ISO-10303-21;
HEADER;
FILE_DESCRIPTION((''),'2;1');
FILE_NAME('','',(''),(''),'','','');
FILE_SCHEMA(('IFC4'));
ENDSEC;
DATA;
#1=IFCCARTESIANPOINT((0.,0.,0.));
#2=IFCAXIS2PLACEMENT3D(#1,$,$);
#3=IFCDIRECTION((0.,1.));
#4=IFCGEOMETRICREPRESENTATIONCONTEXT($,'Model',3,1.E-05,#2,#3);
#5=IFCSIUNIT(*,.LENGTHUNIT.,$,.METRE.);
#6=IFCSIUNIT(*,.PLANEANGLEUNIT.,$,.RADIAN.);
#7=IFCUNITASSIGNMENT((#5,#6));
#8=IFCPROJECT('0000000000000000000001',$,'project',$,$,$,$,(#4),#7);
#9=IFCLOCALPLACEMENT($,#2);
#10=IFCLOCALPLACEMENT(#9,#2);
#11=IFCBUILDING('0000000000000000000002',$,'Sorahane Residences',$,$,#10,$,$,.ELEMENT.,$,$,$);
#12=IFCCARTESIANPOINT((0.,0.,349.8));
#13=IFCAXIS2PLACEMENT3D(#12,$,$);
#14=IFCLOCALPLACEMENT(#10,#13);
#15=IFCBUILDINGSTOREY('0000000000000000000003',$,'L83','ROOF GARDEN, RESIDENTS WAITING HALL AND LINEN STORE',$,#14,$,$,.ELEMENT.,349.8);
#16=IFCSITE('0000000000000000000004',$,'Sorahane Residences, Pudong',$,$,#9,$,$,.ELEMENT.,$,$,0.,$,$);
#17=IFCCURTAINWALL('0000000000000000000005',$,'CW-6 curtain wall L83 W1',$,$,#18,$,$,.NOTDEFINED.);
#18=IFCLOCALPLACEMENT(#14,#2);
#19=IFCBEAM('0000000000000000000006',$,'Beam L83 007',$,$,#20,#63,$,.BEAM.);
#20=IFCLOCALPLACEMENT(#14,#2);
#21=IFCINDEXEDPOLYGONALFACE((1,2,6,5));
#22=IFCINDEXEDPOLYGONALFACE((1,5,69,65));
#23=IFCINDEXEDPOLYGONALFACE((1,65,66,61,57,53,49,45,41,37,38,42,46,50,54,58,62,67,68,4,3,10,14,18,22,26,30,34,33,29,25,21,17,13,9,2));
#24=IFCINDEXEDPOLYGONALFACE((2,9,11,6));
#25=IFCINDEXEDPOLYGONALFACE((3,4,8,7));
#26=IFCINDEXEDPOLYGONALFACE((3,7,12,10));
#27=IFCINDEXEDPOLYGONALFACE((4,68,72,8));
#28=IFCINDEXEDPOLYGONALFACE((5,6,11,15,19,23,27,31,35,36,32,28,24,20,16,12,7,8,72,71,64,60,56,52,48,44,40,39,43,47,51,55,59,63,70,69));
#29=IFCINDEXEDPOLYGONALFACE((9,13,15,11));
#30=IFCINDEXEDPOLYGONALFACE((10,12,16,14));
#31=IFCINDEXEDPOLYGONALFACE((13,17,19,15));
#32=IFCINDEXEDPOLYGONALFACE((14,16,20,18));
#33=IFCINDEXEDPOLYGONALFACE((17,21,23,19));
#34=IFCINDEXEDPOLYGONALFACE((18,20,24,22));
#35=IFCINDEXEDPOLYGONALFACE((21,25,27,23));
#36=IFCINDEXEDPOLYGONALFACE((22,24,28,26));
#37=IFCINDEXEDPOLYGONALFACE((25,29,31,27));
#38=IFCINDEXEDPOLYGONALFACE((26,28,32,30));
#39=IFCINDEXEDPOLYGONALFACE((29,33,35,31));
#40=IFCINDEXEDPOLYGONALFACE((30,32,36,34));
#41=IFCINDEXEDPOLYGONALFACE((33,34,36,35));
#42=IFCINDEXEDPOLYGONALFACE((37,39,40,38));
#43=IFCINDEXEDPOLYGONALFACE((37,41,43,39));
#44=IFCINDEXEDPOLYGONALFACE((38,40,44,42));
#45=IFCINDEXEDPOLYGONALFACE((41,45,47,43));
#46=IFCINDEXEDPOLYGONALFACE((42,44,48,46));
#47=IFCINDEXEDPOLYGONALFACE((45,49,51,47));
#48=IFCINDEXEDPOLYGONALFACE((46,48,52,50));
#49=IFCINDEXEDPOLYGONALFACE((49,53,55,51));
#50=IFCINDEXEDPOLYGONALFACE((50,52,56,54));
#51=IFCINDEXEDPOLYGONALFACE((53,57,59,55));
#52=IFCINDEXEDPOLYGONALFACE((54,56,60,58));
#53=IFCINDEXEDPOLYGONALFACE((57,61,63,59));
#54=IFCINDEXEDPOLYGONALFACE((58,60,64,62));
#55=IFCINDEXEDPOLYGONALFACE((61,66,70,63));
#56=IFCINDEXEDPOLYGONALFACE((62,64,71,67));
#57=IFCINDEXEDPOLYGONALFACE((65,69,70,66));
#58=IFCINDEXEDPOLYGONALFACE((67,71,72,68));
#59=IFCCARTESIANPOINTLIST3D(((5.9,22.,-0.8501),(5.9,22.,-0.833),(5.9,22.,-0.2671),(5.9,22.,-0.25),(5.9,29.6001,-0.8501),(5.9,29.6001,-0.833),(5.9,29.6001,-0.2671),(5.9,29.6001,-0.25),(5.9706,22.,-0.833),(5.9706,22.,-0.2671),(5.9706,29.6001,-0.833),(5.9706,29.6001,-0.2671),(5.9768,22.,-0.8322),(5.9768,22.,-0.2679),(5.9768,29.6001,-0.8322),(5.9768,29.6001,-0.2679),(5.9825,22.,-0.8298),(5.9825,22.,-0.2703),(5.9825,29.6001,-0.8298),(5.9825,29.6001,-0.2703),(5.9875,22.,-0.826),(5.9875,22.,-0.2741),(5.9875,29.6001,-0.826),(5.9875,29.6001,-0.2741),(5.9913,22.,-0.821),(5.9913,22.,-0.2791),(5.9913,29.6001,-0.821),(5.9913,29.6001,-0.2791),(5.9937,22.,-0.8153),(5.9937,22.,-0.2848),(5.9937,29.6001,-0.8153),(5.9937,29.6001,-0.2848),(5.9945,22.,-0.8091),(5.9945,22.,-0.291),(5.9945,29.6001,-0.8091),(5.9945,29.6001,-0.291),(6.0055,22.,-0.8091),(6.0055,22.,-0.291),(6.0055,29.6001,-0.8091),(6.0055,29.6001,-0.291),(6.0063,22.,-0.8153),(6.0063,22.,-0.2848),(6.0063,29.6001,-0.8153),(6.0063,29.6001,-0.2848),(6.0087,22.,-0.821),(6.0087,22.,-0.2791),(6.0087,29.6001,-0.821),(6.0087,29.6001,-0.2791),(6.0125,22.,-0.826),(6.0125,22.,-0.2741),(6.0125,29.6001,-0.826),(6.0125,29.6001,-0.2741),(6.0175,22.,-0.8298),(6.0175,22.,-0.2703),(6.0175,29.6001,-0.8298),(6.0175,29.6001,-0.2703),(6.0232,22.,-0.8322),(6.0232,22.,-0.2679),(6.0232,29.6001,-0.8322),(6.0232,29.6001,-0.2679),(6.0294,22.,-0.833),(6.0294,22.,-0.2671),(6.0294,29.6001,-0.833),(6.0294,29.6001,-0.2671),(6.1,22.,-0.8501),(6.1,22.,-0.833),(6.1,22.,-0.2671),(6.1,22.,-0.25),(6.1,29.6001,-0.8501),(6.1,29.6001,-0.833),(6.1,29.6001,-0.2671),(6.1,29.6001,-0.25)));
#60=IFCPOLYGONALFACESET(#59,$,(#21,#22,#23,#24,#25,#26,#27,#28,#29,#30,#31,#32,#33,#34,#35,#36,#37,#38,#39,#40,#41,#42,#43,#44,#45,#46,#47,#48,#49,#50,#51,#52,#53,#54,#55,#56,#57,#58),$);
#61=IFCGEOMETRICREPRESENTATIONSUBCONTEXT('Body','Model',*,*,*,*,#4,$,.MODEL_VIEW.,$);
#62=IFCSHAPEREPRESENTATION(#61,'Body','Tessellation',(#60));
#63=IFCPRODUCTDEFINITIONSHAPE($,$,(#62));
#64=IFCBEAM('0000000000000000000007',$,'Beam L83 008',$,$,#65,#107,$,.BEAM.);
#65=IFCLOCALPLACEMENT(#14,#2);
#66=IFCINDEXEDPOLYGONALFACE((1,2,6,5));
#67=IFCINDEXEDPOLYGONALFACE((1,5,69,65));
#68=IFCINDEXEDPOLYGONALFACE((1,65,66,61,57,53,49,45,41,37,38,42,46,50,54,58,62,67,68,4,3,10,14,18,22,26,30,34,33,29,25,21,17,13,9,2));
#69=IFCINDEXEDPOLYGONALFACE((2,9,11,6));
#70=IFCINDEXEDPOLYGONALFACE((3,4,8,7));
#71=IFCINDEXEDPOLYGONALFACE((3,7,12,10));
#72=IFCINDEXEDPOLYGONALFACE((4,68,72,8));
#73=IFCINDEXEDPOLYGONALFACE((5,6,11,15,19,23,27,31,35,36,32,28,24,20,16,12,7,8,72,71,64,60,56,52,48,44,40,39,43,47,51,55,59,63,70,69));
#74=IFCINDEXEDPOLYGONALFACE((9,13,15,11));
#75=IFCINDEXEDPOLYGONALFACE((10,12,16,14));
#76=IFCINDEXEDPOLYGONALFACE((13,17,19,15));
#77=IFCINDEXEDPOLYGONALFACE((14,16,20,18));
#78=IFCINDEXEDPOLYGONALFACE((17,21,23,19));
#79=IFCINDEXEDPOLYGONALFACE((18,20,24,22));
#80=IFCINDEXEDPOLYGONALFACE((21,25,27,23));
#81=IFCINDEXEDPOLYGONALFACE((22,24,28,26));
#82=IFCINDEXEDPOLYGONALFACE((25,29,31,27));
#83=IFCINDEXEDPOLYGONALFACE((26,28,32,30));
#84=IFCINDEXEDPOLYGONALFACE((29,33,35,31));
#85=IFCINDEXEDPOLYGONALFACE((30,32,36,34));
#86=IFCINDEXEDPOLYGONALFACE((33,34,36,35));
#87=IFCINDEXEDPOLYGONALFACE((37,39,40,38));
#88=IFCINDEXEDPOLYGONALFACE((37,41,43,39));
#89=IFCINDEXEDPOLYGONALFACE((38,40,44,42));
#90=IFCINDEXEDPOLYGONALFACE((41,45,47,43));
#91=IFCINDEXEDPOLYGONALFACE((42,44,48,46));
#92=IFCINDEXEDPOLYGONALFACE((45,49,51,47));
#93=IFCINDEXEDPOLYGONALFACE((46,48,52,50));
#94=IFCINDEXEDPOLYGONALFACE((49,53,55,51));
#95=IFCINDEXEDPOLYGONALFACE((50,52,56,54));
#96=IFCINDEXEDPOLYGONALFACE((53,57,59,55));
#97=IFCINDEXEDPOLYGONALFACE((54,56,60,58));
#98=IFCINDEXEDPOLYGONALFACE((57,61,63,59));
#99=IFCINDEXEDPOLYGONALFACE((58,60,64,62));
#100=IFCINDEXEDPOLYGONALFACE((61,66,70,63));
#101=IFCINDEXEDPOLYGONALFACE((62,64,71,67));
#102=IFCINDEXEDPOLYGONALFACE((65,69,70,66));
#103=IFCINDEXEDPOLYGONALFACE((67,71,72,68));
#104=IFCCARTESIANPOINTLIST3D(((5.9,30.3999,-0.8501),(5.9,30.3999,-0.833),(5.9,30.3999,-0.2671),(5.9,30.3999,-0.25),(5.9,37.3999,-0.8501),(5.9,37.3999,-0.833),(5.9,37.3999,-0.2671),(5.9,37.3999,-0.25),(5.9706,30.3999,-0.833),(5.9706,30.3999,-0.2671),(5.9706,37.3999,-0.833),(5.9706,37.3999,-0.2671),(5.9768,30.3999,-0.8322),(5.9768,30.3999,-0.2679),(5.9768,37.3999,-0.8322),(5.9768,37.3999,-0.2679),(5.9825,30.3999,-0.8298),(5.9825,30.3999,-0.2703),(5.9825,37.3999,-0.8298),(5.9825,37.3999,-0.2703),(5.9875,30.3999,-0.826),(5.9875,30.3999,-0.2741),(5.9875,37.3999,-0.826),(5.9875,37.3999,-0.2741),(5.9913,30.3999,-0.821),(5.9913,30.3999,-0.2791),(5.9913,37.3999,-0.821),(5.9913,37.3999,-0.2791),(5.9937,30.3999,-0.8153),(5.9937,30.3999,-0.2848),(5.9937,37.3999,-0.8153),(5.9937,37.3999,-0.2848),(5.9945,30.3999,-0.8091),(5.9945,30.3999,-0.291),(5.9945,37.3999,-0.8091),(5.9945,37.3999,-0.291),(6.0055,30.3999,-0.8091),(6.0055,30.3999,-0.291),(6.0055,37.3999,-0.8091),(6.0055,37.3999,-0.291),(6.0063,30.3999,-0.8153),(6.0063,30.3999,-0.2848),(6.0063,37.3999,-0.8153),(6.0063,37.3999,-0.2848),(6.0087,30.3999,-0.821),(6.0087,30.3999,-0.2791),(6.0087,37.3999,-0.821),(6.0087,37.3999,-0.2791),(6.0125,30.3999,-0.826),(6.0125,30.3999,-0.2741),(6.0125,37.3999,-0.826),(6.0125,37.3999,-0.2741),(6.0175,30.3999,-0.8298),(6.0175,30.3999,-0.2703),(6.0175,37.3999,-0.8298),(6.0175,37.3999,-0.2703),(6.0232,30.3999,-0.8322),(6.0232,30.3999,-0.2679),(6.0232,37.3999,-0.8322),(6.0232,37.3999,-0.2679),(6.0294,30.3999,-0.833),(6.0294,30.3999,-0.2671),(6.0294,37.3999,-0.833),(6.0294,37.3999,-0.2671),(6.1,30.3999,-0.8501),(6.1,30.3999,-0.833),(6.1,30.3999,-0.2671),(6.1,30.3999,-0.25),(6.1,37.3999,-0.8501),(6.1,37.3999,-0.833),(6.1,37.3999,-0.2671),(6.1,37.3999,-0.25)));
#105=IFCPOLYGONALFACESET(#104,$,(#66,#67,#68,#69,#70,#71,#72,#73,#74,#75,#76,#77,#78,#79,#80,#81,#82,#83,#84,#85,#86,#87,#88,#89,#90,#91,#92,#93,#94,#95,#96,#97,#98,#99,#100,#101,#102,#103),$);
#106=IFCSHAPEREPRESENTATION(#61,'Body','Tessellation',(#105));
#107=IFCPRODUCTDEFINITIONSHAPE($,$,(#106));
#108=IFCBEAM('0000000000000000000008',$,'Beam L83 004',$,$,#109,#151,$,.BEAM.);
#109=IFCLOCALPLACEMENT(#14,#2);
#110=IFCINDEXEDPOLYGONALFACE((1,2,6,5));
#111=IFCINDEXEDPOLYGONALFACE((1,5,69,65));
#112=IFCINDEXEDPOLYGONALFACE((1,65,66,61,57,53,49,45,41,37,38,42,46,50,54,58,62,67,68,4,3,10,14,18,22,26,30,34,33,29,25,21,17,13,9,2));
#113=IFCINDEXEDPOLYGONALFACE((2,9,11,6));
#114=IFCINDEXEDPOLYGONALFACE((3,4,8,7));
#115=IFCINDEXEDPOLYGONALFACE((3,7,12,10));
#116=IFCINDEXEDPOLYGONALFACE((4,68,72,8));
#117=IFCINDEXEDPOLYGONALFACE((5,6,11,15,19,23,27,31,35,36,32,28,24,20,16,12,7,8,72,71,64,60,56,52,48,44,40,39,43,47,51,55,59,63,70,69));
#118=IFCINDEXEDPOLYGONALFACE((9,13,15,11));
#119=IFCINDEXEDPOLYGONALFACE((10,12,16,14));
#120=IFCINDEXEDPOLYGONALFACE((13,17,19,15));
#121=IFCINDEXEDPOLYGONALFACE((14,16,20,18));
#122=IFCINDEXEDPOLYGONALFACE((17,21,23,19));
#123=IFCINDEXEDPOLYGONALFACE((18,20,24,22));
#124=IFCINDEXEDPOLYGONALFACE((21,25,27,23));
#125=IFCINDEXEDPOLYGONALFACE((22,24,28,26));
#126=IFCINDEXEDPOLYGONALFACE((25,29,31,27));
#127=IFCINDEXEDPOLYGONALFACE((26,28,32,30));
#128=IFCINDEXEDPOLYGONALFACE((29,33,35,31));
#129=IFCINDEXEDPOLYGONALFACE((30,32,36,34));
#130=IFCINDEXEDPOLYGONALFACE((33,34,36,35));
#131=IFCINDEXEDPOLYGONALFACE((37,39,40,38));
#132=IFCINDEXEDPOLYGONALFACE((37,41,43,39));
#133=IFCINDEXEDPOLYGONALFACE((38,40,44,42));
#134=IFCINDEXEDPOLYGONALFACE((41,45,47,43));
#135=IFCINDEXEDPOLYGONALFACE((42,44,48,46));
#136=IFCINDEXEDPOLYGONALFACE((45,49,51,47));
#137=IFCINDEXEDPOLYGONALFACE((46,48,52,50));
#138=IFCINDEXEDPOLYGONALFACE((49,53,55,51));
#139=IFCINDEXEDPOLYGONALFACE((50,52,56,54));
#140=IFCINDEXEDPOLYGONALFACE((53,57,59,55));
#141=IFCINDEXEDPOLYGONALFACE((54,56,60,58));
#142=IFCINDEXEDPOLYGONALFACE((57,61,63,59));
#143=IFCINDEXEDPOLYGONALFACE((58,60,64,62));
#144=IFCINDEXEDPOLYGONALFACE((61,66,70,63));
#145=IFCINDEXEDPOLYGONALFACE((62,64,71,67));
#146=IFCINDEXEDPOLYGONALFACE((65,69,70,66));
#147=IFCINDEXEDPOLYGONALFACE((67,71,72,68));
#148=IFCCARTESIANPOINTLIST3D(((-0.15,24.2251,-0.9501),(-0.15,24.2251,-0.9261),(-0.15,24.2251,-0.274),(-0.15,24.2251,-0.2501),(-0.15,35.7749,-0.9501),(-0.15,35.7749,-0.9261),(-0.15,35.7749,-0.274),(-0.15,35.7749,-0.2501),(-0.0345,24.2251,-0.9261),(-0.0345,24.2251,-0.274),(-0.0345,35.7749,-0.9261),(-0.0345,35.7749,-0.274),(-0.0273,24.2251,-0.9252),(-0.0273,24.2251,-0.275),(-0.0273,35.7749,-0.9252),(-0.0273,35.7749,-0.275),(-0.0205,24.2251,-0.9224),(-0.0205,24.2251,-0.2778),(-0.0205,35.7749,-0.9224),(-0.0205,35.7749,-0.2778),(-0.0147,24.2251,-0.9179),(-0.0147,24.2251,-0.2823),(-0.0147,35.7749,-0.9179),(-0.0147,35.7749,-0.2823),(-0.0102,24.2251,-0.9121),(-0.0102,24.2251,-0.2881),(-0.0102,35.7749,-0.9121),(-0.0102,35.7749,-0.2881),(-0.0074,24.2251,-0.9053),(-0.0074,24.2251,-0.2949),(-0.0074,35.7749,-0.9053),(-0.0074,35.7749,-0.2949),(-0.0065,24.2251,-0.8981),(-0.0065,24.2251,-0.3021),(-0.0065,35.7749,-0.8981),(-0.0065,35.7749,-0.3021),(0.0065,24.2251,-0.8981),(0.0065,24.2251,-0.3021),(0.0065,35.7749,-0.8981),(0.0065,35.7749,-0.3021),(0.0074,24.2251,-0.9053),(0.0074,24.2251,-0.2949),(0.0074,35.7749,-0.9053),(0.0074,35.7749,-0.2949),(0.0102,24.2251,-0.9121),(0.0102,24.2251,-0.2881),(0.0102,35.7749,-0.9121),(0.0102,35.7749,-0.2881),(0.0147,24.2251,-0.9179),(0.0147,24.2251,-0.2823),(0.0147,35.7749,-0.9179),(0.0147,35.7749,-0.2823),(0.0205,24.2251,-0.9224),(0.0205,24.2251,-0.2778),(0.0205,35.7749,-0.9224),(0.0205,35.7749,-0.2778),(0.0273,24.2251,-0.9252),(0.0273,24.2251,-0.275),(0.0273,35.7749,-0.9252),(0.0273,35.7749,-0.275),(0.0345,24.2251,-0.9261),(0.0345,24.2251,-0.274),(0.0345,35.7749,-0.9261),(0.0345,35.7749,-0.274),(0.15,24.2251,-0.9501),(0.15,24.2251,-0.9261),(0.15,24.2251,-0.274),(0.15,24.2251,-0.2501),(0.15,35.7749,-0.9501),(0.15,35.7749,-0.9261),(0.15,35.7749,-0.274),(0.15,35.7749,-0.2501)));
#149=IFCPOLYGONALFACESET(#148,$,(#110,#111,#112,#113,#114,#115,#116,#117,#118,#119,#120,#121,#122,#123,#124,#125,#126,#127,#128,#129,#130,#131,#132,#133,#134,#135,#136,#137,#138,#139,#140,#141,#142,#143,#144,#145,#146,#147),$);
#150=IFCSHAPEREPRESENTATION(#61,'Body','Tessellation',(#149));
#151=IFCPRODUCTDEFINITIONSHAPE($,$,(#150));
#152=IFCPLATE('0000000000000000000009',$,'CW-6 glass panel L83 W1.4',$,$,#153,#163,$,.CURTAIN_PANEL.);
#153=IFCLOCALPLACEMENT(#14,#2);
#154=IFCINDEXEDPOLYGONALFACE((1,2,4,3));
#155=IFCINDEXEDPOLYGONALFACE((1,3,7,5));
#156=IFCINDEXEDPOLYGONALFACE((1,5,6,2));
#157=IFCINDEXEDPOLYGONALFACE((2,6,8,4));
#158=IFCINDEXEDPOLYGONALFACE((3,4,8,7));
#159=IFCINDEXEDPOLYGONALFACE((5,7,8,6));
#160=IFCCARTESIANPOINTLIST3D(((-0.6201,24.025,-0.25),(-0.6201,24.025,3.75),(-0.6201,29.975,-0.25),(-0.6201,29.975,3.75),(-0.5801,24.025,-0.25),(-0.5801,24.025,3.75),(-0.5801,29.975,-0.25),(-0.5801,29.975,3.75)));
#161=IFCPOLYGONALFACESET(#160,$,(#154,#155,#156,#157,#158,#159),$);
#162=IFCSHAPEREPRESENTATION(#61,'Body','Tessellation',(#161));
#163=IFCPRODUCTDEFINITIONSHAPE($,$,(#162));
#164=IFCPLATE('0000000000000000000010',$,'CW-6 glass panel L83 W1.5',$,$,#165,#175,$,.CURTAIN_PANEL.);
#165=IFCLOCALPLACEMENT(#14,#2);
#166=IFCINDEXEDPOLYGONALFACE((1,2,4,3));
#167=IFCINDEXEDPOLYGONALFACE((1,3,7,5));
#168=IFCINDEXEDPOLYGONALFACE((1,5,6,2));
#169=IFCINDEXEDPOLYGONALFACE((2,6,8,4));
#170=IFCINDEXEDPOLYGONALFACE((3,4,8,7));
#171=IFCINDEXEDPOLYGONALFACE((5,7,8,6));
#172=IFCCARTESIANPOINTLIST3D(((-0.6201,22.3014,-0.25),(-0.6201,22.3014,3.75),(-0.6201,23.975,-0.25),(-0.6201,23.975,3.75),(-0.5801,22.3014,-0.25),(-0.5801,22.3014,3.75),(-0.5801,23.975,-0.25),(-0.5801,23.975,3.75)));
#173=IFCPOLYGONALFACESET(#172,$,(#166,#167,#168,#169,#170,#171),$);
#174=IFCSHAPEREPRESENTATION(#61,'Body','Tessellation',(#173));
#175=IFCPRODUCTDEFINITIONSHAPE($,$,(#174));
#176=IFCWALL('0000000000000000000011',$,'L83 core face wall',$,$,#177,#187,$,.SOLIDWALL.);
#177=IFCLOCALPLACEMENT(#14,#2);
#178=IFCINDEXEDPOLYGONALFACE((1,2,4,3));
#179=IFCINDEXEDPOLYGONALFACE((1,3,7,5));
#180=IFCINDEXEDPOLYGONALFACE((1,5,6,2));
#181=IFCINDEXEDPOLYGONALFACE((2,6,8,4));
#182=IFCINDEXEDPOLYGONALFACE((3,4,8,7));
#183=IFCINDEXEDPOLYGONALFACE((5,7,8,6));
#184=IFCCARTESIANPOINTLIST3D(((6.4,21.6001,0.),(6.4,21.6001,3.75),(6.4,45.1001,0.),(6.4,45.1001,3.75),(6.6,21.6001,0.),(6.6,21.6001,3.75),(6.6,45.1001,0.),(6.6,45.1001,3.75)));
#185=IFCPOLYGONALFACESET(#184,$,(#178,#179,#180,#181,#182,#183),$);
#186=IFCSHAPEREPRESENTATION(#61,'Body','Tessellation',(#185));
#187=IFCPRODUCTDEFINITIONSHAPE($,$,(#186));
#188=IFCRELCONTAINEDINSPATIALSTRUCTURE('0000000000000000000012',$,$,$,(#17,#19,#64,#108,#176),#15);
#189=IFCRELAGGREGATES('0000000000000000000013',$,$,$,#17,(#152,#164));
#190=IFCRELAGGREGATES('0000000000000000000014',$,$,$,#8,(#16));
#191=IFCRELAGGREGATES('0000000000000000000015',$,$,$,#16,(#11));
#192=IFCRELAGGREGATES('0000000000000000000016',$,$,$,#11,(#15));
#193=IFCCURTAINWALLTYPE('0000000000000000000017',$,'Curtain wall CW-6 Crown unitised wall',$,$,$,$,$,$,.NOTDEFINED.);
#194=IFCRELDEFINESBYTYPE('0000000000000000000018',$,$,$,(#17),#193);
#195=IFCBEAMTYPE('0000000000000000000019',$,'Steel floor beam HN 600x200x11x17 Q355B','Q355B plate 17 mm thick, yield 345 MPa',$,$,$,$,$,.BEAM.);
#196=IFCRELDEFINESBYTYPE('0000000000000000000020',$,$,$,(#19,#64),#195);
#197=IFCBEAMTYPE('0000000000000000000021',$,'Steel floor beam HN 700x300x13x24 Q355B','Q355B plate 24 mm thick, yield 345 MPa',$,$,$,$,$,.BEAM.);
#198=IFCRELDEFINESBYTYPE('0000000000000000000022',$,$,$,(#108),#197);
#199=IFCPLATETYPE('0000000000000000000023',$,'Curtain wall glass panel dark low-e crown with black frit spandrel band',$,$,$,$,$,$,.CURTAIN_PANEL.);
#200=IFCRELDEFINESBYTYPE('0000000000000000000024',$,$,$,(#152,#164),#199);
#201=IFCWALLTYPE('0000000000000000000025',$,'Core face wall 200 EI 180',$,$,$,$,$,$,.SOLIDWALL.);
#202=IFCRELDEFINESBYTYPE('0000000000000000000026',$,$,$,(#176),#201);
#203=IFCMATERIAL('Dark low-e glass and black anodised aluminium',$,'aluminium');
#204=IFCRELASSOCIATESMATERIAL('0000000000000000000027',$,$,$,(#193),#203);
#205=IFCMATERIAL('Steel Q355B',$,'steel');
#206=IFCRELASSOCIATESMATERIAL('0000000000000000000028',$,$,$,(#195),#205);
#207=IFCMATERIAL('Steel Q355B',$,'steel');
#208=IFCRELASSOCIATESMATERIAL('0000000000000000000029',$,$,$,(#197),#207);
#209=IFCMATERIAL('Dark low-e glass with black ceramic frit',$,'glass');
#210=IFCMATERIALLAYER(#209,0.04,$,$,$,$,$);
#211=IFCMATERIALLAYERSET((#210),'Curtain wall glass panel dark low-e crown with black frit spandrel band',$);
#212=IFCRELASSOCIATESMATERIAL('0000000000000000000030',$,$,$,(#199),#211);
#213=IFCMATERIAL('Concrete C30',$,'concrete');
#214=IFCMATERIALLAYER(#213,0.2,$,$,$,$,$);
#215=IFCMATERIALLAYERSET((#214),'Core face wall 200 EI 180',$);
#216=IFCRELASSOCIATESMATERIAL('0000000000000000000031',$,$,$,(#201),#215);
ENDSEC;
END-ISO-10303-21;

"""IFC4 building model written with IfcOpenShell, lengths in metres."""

from ifc_helpers import new_model, si_unit, direction, frame, frame_2d, origin, origin_2d, place, context, subcontext, project, spatial, rectangle, i_section, extrude, material, layer, layer_set, material_profile, profile_set, type_object, element, aggregate, save


model = new_model("IFC4")

# Units and contexts
model_context = context("Model", 3, precision=1e-05, world=origin(), true_north=direction((0.0, 1.0)))
body_context = subcontext(model_context, "Body", "Model", "MODEL_VIEW")
ifc_project = project(units=[si_unit("LENGTHUNIT", "METRE"), si_unit("PLANEANGLEUNIT", "RADIAN")], contexts=[model_context])

# Site, building, storey
site_placement = place(None, origin())
site = spatial("IfcSite", under=ifc_project, at=site_placement, Name="Sorahane Residences, Pudong", CompositionType="ELEMENT", RefElevation=0.0)
building_placement = place(site_placement, origin())
building = spatial("IfcBuilding", under=site, at=building_placement, Name="Sorahane Residences", CompositionType="ELEMENT")
storey_placement = place(building_placement, frame((0.0, 0.0, 349.8)))
storey = spatial("IfcBuildingStorey", under=building, at=storey_placement, Name="L83", Description="ROOF GARDEN, RESIDENTS WAITING HALL AND LINEN STORE", CompositionType="ELEMENT", Elevation=349.8)

# Curtain wall
ifc_material_1 = material(Name="Dark low-e glass and black anodised aluminium", Category="aluminium")
curtain_wall_type = type_object("IfcCurtainWallType", Name="Curtain wall CW-6 Crown unitised wall", PredefinedType="NOTDEFINED", material=ifc_material_1)
curtain_wall_1_placement = place(storey_placement, origin())
curtain_wall_1 = element("IfcCurtainWall", 1, at=curtain_wall_1_placement, inside=storey, type_object=curtain_wall_type, Name="CW-6 curtain wall L83 W1", PredefinedType="NOTDEFINED")

# Beams
ifc_material_2 = material(Name="Steel Q355B", Category="steel")
ifc_material_profile_1 = material_profile(ifc_material_2, i_section(OverallWidth=0.2, OverallDepth=0.6001, WebThickness=0.011, FlangeThickness=0.0171, FilletRadius=0.0239, at=origin_2d()), Name="HN 600x200x11x17")
ifc_profile_set_1 = profile_set([ifc_material_profile_1], Name="Steel Q355B")
beam_type_1 = type_object("IfcBeamType", Name="Steel floor beam HN 600x200x11x17 Q355B", Description="Q355B plate 17 mm thick, yield 345 MPa", PredefinedType="BEAM", material=ifc_profile_set_1)
beam_1_placement = place(storey_placement, frame((6.0, 22.0, -0.55), z_axis=(0.0, 1.0, 0.0), x_axis=(-1.0, 0.0, 0.0)))
element("IfcBeam", 2, at=beam_1_placement, inside=storey, type_object=beam_type_1, Name="Beam L83 007", PredefinedType="BEAM", context=body_context, shape_type="SweptSolid", body=[
    extrude(i_section(OverallWidth=0.2, OverallDepth=0.6001, WebThickness=0.011, FlangeThickness=0.0171, FilletRadius=0.0239, at=origin_2d()), origin(), (0.0, 0.0, 1.0), 7.6001),
])
beam_2_placement = place(storey_placement, frame((6.0, 30.3999, -0.55), z_axis=(0.0, 1.0, 0.0), x_axis=(-1.0, 0.0, 0.0)))
element("IfcBeam", 3, at=beam_2_placement, inside=storey, type_object=beam_type_1, Name="Beam L83 008", PredefinedType="BEAM", context=body_context, shape_type="SweptSolid", body=[
    extrude(i_section(OverallWidth=0.2, OverallDepth=0.6001, WebThickness=0.011, FlangeThickness=0.0171, FilletRadius=0.0239, at=origin_2d()), origin(), (0.0, 0.0, 1.0), 7.0),
])
ifc_material_3 = material(Name="Steel Q355B", Category="steel")
ifc_material_profile_2 = material_profile(ifc_material_3, i_section(OverallWidth=0.3, OverallDepth=0.7, WebThickness=0.0129, FlangeThickness=0.0239, FilletRadius=0.0281, at=origin_2d()), Name="HN 700x300x13x24")
ifc_profile_set_2 = profile_set([ifc_material_profile_2], Name="Steel Q355B")
beam_type_2 = type_object("IfcBeamType", Name="Steel floor beam HN 700x300x13x24 Q355B", Description="Q355B plate 24 mm thick, yield 345 MPa", PredefinedType="BEAM", material=ifc_profile_set_2)
beam_3_placement = place(storey_placement, frame((0.0, 24.2251, -0.6001), z_axis=(0.0, 1.0, 0.0), x_axis=(-1.0, 0.0, 0.0)))
element("IfcBeam", 4, at=beam_3_placement, inside=storey, type_object=beam_type_2, Name="Beam L83 004", PredefinedType="BEAM", context=body_context, shape_type="SweptSolid", body=[
    extrude(i_section(OverallWidth=0.3, OverallDepth=0.7, WebThickness=0.0129, FlangeThickness=0.0239, FilletRadius=0.0281, at=origin_2d()), origin(), (0.0, 0.0, 1.0), 11.5498),
])

# Plates
ifc_material_4 = material(Name="Dark low-e glass with black ceramic frit", Category="glass")
ifc_layer_1 = layer(ifc_material_4, 0.04)
ifc_layer_set_1 = layer_set([ifc_layer_1], Name="Curtain wall glass panel dark low-e crown with black frit spandrel band")
plate_type = type_object("IfcPlateType", Name="Curtain wall glass panel dark low-e crown with black frit spandrel band", PredefinedType="CURTAIN_PANEL", material=ifc_layer_set_1)
plate_1_placement = place(storey_placement, frame((-0.6001, 27.0, -0.25), z_axis=(0.0, 0.0, 1.0), x_axis=(0.0, -1.0, 0.0)))
plate_1 = element("IfcPlate", 5, at=plate_1_placement, type_object=plate_type, Name="CW-6 glass panel L83 W1.4", PredefinedType="CURTAIN_PANEL", context=body_context, shape_type="SweptSolid", body=[
    extrude(rectangle(XDim=5.95, YDim=0.04, at=origin_2d()), origin(), (0.0, 0.0, 1.0), 4.0),
])
plate_2_placement = place(storey_placement, frame((-0.6001, 23.1382, -0.25), z_axis=(0.0, 0.0, 1.0), x_axis=(0.0, -1.0, 0.0)))
plate_2 = element("IfcPlate", 6, at=plate_2_placement, type_object=plate_type, Name="CW-6 glass panel L83 W1.5", PredefinedType="CURTAIN_PANEL", context=body_context, shape_type="SweptSolid", body=[
    extrude(rectangle(XDim=1.6736, YDim=0.04, at=origin_2d()), origin(), (0.0, 0.0, 1.0), 4.0),
])
aggregate(curtain_wall_1, [plate_1, plate_2])

# Wall
ifc_material_5 = material(Name="Concrete C30", Category="concrete")
ifc_layer_2 = layer(ifc_material_5, 0.2)
ifc_layer_set_2 = layer_set([ifc_layer_2], Name="Core face wall 200 EI 180")
wall_type_1 = type_object("IfcWallType", Name="Core face wall 200 EI 180", PredefinedType="SOLIDWALL", material=ifc_layer_set_2)
wall_1_placement = place(storey_placement, frame((6.5, 21.6001, 0.0), z_axis=(0.0, 0.0, 1.0), x_axis=(0.0, 1.0, 0.0)))
element("IfcWall", 7, at=wall_1_placement, inside=storey, type_object=wall_type_1, Name="L83 core face wall", PredefinedType="SOLIDWALL", context=body_context, shape_type="SweptSolid", body=[
    extrude(rectangle(XDim=23.5, YDim=0.2, at=frame_2d((11.75, 0.0))), origin(), (0.0, 0.0, 1.0), 3.75),
])

save(model, "model.ifc")
